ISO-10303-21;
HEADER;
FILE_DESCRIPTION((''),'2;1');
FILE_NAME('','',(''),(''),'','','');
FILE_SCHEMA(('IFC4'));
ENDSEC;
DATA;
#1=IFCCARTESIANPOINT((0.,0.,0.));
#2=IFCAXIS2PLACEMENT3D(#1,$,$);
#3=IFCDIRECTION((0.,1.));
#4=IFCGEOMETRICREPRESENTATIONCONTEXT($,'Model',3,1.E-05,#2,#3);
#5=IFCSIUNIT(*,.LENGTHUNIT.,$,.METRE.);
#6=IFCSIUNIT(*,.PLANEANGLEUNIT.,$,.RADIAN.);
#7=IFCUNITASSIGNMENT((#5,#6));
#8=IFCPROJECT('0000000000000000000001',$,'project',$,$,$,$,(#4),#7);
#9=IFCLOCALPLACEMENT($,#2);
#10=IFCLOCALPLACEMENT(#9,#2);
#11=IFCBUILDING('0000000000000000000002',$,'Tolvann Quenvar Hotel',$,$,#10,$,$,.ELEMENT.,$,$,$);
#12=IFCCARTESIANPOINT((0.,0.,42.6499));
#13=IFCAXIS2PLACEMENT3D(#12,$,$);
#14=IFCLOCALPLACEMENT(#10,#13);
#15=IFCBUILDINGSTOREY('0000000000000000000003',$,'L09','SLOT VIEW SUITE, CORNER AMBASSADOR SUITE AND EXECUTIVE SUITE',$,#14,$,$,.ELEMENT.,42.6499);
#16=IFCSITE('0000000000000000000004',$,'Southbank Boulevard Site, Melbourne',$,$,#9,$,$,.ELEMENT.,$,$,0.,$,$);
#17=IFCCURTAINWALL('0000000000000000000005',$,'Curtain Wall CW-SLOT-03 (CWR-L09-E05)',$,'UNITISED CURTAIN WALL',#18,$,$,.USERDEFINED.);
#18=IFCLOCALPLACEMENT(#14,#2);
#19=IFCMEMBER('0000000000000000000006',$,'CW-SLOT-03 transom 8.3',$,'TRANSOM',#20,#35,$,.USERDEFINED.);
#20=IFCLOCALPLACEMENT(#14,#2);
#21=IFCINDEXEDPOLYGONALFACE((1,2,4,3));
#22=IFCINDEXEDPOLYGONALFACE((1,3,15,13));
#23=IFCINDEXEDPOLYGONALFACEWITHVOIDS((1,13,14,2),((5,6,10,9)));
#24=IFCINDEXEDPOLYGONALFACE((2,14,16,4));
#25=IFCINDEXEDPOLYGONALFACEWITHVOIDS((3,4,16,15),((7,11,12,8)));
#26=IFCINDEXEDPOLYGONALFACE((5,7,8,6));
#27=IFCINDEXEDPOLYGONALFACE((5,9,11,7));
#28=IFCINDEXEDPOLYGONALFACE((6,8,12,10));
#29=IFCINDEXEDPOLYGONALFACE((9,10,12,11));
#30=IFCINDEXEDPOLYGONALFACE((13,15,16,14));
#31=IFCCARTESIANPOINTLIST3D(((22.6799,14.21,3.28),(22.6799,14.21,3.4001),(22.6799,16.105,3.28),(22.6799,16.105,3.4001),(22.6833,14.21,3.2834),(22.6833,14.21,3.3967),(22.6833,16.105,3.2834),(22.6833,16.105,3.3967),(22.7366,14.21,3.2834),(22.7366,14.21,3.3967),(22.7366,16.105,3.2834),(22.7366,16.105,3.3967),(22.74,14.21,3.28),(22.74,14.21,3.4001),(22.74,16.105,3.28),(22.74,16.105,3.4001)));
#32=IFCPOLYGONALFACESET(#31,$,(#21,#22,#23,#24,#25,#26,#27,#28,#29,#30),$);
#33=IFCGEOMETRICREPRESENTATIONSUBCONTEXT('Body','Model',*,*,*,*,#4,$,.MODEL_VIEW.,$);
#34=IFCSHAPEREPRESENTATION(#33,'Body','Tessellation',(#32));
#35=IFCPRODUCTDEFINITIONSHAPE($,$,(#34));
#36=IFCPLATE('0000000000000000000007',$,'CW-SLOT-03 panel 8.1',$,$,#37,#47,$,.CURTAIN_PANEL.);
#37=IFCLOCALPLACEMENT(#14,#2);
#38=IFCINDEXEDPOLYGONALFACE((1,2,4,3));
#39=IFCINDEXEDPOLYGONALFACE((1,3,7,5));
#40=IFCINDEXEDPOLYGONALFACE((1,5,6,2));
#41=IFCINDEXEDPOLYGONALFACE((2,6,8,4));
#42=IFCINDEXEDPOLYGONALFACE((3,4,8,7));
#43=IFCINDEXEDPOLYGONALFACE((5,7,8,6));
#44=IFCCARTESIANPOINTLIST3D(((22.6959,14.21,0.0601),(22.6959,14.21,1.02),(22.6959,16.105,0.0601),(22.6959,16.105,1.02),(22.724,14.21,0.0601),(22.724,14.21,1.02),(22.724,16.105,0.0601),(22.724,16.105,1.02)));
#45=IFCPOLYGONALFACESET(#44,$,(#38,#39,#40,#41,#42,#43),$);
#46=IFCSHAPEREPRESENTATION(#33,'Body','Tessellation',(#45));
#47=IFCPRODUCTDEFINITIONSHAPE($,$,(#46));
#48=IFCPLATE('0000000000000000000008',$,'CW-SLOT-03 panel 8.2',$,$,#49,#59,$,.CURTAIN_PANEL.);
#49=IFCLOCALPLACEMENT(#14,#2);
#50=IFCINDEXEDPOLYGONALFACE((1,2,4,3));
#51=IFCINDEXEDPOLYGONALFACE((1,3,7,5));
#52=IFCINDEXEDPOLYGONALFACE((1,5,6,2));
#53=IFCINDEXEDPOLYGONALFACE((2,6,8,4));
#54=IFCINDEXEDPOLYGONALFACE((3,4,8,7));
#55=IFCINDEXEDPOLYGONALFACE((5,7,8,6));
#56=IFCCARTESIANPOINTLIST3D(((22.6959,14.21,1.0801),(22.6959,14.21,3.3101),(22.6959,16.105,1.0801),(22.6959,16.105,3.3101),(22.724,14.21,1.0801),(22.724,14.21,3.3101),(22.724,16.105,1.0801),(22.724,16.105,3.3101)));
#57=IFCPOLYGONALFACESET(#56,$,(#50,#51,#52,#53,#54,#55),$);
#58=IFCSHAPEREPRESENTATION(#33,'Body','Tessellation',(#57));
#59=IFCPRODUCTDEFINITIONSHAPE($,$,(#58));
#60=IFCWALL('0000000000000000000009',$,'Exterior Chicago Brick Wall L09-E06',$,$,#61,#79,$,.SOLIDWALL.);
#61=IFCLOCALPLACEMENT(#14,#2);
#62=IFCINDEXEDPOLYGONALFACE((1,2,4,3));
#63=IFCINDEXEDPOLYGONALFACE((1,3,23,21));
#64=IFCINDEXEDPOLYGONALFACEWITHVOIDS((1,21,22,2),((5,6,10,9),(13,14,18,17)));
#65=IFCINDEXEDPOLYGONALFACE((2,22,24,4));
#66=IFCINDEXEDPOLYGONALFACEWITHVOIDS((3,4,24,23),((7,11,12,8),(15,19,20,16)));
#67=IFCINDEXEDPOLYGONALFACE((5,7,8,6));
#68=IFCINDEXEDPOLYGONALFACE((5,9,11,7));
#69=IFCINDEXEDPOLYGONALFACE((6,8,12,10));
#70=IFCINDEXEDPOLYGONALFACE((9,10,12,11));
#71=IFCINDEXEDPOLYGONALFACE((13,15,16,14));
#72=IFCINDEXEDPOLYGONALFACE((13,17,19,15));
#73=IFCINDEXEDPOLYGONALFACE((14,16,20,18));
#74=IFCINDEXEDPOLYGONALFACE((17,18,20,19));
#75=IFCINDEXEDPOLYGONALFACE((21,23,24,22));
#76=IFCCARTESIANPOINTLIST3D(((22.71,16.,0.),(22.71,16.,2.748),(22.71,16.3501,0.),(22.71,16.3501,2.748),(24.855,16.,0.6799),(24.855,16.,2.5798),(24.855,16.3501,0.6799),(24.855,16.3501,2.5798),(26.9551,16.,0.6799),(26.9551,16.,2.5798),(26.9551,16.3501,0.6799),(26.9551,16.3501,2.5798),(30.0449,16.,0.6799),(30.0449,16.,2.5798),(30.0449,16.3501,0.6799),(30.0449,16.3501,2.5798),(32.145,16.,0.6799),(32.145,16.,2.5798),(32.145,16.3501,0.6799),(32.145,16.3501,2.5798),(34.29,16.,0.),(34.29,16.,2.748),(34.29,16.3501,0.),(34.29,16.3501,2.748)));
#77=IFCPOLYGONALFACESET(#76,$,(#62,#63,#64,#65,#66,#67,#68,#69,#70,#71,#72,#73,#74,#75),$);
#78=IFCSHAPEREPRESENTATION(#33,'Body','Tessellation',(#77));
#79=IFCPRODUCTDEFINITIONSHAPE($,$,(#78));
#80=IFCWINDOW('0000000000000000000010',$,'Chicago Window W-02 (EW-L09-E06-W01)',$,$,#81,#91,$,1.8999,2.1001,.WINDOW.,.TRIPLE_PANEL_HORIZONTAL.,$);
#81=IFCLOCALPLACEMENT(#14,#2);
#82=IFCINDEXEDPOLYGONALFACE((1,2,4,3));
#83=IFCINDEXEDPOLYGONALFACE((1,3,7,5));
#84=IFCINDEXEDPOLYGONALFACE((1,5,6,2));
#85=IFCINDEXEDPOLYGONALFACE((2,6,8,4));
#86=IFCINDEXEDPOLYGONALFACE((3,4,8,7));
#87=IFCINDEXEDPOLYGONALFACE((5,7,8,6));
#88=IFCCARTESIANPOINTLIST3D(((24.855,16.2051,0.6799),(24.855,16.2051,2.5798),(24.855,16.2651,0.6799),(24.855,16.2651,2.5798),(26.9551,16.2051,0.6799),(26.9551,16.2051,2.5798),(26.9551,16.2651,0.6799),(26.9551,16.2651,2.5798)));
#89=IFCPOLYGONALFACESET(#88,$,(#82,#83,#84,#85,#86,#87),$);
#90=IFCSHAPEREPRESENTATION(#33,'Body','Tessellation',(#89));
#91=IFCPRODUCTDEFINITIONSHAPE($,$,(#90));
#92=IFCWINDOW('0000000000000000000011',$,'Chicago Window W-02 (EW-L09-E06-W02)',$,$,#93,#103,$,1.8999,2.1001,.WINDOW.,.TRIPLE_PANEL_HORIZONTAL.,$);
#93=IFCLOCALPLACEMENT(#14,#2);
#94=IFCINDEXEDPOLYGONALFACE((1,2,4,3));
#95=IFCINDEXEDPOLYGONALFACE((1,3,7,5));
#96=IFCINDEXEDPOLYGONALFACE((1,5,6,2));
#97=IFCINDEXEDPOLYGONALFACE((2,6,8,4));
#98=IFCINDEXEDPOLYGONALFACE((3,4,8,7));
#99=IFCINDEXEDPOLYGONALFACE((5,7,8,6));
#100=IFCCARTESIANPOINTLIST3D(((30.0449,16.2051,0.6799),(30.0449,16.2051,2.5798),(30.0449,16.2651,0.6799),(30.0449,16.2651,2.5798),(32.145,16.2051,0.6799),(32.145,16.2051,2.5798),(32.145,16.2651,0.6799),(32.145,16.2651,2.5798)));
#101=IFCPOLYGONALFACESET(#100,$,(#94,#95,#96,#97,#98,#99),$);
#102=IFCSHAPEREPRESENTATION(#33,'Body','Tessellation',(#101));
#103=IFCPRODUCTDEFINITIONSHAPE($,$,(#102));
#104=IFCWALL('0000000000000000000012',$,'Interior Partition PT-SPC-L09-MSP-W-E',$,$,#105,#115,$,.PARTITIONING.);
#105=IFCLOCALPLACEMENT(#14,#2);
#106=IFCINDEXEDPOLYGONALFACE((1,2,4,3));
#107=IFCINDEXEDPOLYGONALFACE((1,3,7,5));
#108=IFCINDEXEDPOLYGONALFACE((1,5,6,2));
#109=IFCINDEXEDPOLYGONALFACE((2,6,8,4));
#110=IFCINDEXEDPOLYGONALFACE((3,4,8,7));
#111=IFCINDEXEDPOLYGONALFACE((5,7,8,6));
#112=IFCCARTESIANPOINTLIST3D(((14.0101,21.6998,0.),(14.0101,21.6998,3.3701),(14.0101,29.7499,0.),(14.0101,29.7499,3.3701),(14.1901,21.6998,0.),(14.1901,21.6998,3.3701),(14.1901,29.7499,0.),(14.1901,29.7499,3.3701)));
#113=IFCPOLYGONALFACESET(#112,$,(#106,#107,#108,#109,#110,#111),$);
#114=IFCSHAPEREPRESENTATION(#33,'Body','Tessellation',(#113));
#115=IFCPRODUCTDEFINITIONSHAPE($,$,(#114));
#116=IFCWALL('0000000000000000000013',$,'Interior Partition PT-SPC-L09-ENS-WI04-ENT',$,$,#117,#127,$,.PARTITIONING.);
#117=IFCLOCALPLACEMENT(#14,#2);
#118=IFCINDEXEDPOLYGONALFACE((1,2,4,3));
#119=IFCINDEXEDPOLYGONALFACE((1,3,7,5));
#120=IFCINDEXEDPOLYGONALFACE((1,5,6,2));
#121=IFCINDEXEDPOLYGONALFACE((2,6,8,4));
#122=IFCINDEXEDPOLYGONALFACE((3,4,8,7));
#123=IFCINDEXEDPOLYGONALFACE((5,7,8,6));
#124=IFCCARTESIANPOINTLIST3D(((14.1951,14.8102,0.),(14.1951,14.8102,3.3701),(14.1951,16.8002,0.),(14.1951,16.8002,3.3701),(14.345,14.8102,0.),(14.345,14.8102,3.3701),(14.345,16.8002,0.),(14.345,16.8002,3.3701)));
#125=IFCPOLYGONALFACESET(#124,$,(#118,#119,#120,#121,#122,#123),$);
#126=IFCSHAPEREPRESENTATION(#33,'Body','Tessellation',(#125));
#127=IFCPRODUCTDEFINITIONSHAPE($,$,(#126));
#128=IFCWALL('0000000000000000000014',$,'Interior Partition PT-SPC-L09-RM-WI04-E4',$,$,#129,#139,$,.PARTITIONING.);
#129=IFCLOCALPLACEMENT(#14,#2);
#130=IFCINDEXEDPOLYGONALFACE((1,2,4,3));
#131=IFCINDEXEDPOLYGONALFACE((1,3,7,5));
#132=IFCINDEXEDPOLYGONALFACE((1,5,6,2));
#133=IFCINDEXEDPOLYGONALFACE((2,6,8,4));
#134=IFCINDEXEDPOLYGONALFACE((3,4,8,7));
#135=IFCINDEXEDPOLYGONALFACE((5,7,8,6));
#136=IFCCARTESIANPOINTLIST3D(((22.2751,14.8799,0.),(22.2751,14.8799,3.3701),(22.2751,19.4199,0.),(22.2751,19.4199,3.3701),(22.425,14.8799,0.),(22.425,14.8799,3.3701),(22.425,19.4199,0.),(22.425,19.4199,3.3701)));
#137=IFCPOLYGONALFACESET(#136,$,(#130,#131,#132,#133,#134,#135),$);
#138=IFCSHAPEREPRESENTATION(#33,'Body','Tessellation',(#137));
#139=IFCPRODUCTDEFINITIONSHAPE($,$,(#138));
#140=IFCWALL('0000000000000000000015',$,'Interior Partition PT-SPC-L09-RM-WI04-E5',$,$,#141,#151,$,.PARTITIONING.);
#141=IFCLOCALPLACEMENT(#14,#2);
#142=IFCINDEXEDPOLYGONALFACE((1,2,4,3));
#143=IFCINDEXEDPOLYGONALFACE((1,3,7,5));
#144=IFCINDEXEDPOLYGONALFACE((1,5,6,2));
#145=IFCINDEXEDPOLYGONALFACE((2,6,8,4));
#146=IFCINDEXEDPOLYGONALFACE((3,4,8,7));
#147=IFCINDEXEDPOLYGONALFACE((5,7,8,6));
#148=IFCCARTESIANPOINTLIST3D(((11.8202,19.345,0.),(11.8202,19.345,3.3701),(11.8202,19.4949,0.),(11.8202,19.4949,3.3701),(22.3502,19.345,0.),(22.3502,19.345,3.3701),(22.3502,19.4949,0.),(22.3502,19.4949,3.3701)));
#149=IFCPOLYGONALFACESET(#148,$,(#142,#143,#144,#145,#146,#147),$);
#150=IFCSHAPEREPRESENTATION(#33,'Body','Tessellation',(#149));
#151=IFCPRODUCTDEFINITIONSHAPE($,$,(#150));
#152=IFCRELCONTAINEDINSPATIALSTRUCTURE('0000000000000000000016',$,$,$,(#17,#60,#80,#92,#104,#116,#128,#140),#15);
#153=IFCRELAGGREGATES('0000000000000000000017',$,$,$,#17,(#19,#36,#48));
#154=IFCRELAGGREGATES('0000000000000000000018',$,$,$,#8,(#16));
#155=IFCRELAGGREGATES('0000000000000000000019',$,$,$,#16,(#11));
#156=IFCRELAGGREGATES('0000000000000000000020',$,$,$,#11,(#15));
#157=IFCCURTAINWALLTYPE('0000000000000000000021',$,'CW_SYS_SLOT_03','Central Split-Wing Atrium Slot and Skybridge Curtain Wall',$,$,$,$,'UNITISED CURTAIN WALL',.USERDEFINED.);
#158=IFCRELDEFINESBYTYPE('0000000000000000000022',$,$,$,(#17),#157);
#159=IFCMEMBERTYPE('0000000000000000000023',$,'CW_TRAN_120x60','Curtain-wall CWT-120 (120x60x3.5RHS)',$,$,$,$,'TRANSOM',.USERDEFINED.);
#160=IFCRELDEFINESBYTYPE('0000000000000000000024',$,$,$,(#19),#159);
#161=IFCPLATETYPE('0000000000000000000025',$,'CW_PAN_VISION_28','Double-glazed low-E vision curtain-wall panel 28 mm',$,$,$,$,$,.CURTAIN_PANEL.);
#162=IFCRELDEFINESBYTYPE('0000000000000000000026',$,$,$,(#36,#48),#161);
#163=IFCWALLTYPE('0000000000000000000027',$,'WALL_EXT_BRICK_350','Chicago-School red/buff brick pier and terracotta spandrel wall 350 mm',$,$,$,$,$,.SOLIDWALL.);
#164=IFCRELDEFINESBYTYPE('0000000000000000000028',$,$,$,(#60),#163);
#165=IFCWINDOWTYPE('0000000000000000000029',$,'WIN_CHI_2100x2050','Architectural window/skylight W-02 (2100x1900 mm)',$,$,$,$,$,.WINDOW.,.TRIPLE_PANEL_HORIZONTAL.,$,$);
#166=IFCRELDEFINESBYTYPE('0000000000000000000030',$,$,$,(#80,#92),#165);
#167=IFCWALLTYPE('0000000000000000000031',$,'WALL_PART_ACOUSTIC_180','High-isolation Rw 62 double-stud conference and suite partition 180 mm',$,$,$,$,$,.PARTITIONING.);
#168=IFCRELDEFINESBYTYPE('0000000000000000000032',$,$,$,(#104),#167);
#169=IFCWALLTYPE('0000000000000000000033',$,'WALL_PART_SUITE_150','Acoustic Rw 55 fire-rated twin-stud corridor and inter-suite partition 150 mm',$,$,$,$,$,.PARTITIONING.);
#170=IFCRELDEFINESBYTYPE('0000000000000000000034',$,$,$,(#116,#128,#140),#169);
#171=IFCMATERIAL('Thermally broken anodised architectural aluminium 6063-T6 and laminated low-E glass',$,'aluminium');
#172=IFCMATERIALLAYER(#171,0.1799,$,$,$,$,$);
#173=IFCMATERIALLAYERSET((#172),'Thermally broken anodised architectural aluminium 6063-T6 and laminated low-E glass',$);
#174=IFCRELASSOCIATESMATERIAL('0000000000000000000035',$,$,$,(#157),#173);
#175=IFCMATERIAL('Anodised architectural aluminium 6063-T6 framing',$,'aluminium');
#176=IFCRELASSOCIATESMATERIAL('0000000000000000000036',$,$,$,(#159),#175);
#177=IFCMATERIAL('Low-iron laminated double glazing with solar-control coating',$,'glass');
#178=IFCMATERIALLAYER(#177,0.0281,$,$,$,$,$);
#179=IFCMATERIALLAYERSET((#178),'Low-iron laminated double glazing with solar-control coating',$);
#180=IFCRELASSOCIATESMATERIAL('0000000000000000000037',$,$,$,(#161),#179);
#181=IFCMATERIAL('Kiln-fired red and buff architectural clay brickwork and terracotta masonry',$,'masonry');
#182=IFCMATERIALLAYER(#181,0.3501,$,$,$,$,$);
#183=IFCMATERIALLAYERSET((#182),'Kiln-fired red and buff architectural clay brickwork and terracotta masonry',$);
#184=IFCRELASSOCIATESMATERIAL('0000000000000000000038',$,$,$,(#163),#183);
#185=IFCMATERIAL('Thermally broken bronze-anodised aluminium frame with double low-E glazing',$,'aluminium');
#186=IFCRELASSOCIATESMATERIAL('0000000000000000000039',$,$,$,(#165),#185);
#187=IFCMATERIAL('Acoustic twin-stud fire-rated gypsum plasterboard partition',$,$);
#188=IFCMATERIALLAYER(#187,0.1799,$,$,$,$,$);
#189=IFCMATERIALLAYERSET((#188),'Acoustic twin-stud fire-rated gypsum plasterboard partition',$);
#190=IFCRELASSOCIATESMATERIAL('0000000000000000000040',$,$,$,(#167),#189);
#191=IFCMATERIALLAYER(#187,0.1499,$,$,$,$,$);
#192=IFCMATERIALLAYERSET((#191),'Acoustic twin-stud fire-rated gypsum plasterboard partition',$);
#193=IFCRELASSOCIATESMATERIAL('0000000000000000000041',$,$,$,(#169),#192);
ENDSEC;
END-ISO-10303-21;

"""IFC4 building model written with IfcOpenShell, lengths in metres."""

from ifc_helpers import new_model, si_unit, direction, frame, frame_2d, origin, origin_2d, place, context, subcontext, project, spatial, rectangle, hollow_rectangle, extrude, source, transform, mapped, material, layer, layer_set, material_profile, profile_set, type_object, type_shapes, element, fill, aggregate, save


model = new_model("IFC4")

# Units and contexts
model_context = context("Model", 3, precision=1e-05, world=origin(), true_north=direction((0.0, 1.0)))
body_context = subcontext(model_context, "Body", "Model", "MODEL_VIEW")
ifc_project = project(units=[si_unit("LENGTHUNIT", "METRE"), si_unit("PLANEANGLEUNIT", "RADIAN")], contexts=[model_context])

# Site, building, storey
site_placement = place(None, origin())
site = spatial("IfcSite", under=ifc_project, at=site_placement, Name="Southbank Boulevard Site, Melbourne", CompositionType="ELEMENT", RefElevation=0.0)
building_placement = place(site_placement, origin())
building = spatial("IfcBuilding", under=site, at=building_placement, Name="Tolvann Quenvar Hotel", CompositionType="ELEMENT")
storey_placement = place(building_placement, frame((0.0, 0.0, 42.6499)))
storey = spatial("IfcBuildingStorey", under=building, at=storey_placement, Name="L09", Description="SLOT VIEW SUITE, CORNER AMBASSADOR SUITE AND EXECUTIVE SUITE", CompositionType="ELEMENT", Elevation=42.6499)

# Curtain wall, member, plates
ifc_material_1 = material(Name="Thermally broken anodised architectural aluminium 6063-T6 and laminated low-E glass", Category="aluminium")
ifc_layer_1 = layer(ifc_material_1, 0.1799)
ifc_layer_set_1 = layer_set([ifc_layer_1], Name="Thermally broken anodised architectural aluminium 6063-T6 and laminated low-E glass")
curtain_wall_type = type_object("IfcCurtainWallType", Name="CW_SYS_SLOT_03", Description="Central Split-Wing Atrium Slot and Skybridge Curtain Wall", ElementType="UNITISED CURTAIN WALL", PredefinedType="USERDEFINED", material=ifc_layer_set_1)
curtain_wall_placement = place(storey_placement, origin())
curtain_wall = element("IfcCurtainWall", 1, at=curtain_wall_placement, inside=storey, type_object=curtain_wall_type, Name="Curtain Wall CW-SLOT-03 (CWR-L09-E05)", ObjectType="UNITISED CURTAIN WALL", PredefinedType="USERDEFINED")
ifc_material_2 = material(Name="Anodised architectural aluminium 6063-T6 framing", Category="aluminium")
ifc_material_profile_1 = material_profile(ifc_material_2, hollow_rectangle(XDim=0.0601, YDim=0.1201, WallThickness=0.0034, at=origin_2d()), Name="120x60x3.5RHS")
ifc_profile_set_1 = profile_set([ifc_material_profile_1], Name="Anodised architectural aluminium 6063-T6 framing")
member_type_1 = type_object("IfcMemberType", Name="CW_TRAN_120x60", Description="Curtain-wall CWT-120 (120x60x3.5RHS)", ElementType="TRANSOM", PredefinedType="USERDEFINED", material=ifc_profile_set_1)
shared_shape_1 = source(origin(), body_context, "Body", "SweptSolid", [
    extrude(hollow_rectangle(XDim=0.0601, YDim=0.1201, WallThickness=0.0034, at=origin_2d()), origin(), (0.0, 0.0, 1.0), 1.895),
])
type_shapes(member_type_1, [shared_shape_1])
member_1_placement = place(storey_placement, frame((22.71, 14.21, 3.3401), z_axis=(0.0, 1.0, 0.0), x_axis=(-1.0, 0.0, 0.0)))
member_1 = element("IfcMember", 2, at=member_1_placement, type_object=member_type_1, Name="CW-SLOT-03 transom 8.3", ObjectType="TRANSOM", PredefinedType="USERDEFINED", context=body_context, shape_type="MappedRepresentation", body=[
    mapped(shared_shape_1, transform((0.0, 0.0, 0.0), x_axis=(1.0, 0.0, 0.0), y_axis=(0.0, 1.0, 0.0), z_axis=(0.0, 0.0, 1.0), scale=1.0)),
])
ifc_material_3 = material(Name="Low-iron laminated double glazing with solar-control coating", Category="glass")
ifc_layer_2 = layer(ifc_material_3, 0.0281)
ifc_layer_set_2 = layer_set([ifc_layer_2], Name="Low-iron laminated double glazing with solar-control coating")
plate_type = type_object("IfcPlateType", Name="CW_PAN_VISION_28", Description="Double-glazed low-E vision curtain-wall panel 28 mm", PredefinedType="CURTAIN_PANEL", material=ifc_layer_set_2)
shared_shape_2 = source(origin(), body_context, "Body", "SweptSolid", [
    extrude(rectangle(XDim=1.895, YDim=0.0281, at=origin_2d()), origin(), (0.0, 0.0, 1.0), 0.96),
])
plate_1_placement = place(storey_placement, frame((22.71, 15.1575, 0.0601), z_axis=(0.0, 0.0, 1.0), x_axis=(0.0, 1.0, 0.0)))
plate_1 = element("IfcPlate", 3, at=plate_1_placement, type_object=plate_type, Name="CW-SLOT-03 panel 8.1", PredefinedType="CURTAIN_PANEL", context=body_context, shape_type="MappedRepresentation", body=[
    mapped(shared_shape_2, transform((0.0, 0.0, 0.0), x_axis=(1.0, 0.0, 0.0), y_axis=(0.0, 1.0, 0.0), z_axis=(0.0, 0.0, 1.0), scale=1.0)),
])
shared_shape_3 = source(origin(), body_context, "Body", "SweptSolid", [
    extrude(rectangle(XDim=1.895, YDim=0.0281, at=origin_2d()), origin(), (0.0, 0.0, 1.0), 2.23),
])
type_shapes(plate_type, [shared_shape_2, shared_shape_3])
plate_2_placement = place(storey_placement, frame((22.71, 15.1575, 1.0801), z_axis=(0.0, 0.0, 1.0), x_axis=(0.0, 1.0, 0.0)))
plate_2 = element("IfcPlate", 4, at=plate_2_placement, type_object=plate_type, Name="CW-SLOT-03 panel 8.2", PredefinedType="CURTAIN_PANEL", context=body_context, shape_type="MappedRepresentation", body=[
    mapped(shared_shape_3, transform((0.0, 0.0, 0.0), x_axis=(1.0, 0.0, 0.0), y_axis=(0.0, 1.0, 0.0), z_axis=(0.0, 0.0, 1.0), scale=1.0)),
])
aggregate(curtain_wall, [member_1, plate_1, plate_2])

# Wall, openings, windows
ifc_material_4 = material(Name="Kiln-fired red and buff architectural clay brickwork and terracotta masonry", Category="masonry")
ifc_layer_3 = layer(ifc_material_4, 0.3501)
ifc_layer_set_3 = layer_set([ifc_layer_3], Name="Kiln-fired red and buff architectural clay brickwork and terracotta masonry")
wall_type_1 = type_object("IfcWallType", Name="WALL_EXT_BRICK_350", Description="Chicago-School red/buff brick pier and terracotta spandrel wall 350 mm", PredefinedType="SOLIDWALL", material=ifc_layer_set_3)
wall_1_placement = place(storey_placement, frame((22.71, 16.175, 0.0), z_axis=(0.0, 0.0, 1.0), x_axis=(1.0, 0.0, 0.0)))
wall_1 = element("IfcWall", 5, at=wall_1_placement, inside=storey, type_object=wall_type_1, Name="Exterior Chicago Brick Wall L09-E06", PredefinedType="SOLIDWALL", context=body_context, shape_type="SweptSolid", body=[
    extrude(rectangle(XDim=11.5801, YDim=0.3501, at=frame_2d((5.79, 0.0))), origin(), (0.0, 0.0, 1.0), 2.748),
])
opening_1_placement = place(wall_1_placement, frame((2.145, 0.0, 0.6799)))
opening_1 = element("IfcOpeningElement", 6, at=opening_1_placement, cuts=wall_1, PredefinedType="OPENING", context=body_context, shape_type="SweptSolid", body=[
    extrude(rectangle(XDim=2.1001, YDim=1.8999, at=frame_2d((1.05, 0.95))), frame((0.0, 0.1851, 0.0), z_axis=(0.0, -1.0, 0.0), x_axis=(1.0, 0.0, 0.0)), (0.0, 0.0, 1.0), 0.3701),
])
opening_2_placement = place(wall_1_placement, frame((7.335, 0.0, 0.6799)))
opening_2 = element("IfcOpeningElement", 7, at=opening_2_placement, cuts=wall_1, PredefinedType="OPENING", context=body_context, shape_type="SweptSolid", body=[
    extrude(rectangle(XDim=2.1001, YDim=1.8999, at=frame_2d((1.05, 0.95))), frame((0.0, 0.1851, 0.0), z_axis=(0.0, -1.0, 0.0), x_axis=(1.0, 0.0, 0.0)), (0.0, 0.0, 1.0), 0.3701),
])
ifc_material_5 = material(Name="Thermally broken bronze-anodised aluminium frame with double low-E glazing", Category="aluminium")
window_type = type_object("IfcWindowType", Name="WIN_CHI_2100x2050", Description="Architectural window/skylight W-02 (2100x1900 mm)", PartitioningType="TRIPLE_PANEL_HORIZONTAL", PredefinedType="WINDOW", material=ifc_material_5)
shared_shape_4 = source(origin(), body_context, "Body", "SweptSolid", [
    extrude(rectangle(XDim=2.1001, YDim=1.8999, at=frame_2d((1.05, 0.95))), frame((0.0, 0.0901, 0.0), z_axis=(0.0, -1.0, 0.0), x_axis=(1.0, 0.0, 0.0)), (0.0, 0.0, 1.0), 0.0601),
])
type_shapes(window_type, [shared_shape_4])
window_1_placement = place(opening_1_placement, origin())
window_1 = element("IfcWindow", 8, at=window_1_placement, inside=storey, type_object=window_type, Name="Chicago Window W-02 (EW-L09-E06-W01)", OverallHeight=1.8999, OverallWidth=2.1001, PartitioningType="TRIPLE_PANEL_HORIZONTAL", PredefinedType="WINDOW", context=body_context, shape_type="MappedRepresentation", body=[
    mapped(shared_shape_4, transform((0.0, 0.0, 0.0), x_axis=(1.0, 0.0, 0.0), y_axis=(0.0, 1.0, 0.0), z_axis=(0.0, 0.0, 1.0), scale=1.0)),
])
fill(opening_1, window_1)
window_2_placement = place(opening_2_placement, origin())
window_2 = element("IfcWindow", 9, at=window_2_placement, inside=storey, type_object=window_type, Name="Chicago Window W-02 (EW-L09-E06-W02)", OverallHeight=1.8999, OverallWidth=2.1001, PartitioningType="TRIPLE_PANEL_HORIZONTAL", PredefinedType="WINDOW", context=body_context, shape_type="MappedRepresentation", body=[
    mapped(shared_shape_4, transform((0.0, 0.0, 0.0), x_axis=(1.0, 0.0, 0.0), y_axis=(0.0, 1.0, 0.0), z_axis=(0.0, 0.0, 1.0), scale=1.0)),
])
fill(opening_2, window_2)

# Walls
ifc_material_6 = material(Name="Acoustic twin-stud fire-rated gypsum plasterboard partition")
ifc_layer_4 = layer(ifc_material_6, 0.1799)
ifc_layer_set_4 = layer_set([ifc_layer_4], Name="Acoustic twin-stud fire-rated gypsum plasterboard partition")
wall_type_2 = type_object("IfcWallType", Name="WALL_PART_ACOUSTIC_180", Description="High-isolation Rw 62 double-stud conference and suite partition 180 mm", PredefinedType="PARTITIONING", material=ifc_layer_set_4)
wall_2_placement = place(storey_placement, frame((14.1001, 21.7, 0.0), z_axis=(0.0, 0.0, 1.0), x_axis=(0.0, 1.0, 0.0)))
element("IfcWall", 10, at=wall_2_placement, inside=storey, type_object=wall_type_2, Name="Interior Partition PT-SPC-L09-MSP-W-E", PredefinedType="PARTITIONING", context=body_context, shape_type="SweptSolid", body=[
    extrude(rectangle(XDim=8.05, YDim=0.1799, at=frame_2d((4.0249, 0.0))), origin(), (0.0, 0.0, 1.0), 3.3701),
])
ifc_layer_5 = layer(ifc_material_6, 0.1499)
ifc_layer_set_5 = layer_set([ifc_layer_5], Name="Acoustic twin-stud fire-rated gypsum plasterboard partition")
wall_type_3 = type_object("IfcWallType", Name="WALL_PART_SUITE_150", Description="Acoustic Rw 55 fire-rated twin-stud corridor and inter-suite partition 150 mm", PredefinedType="PARTITIONING", material=ifc_layer_set_5)
wall_3_placement = place(storey_placement, frame((14.27, 14.8101, 0.0), z_axis=(0.0, 0.0, 1.0), x_axis=(0.0, 1.0, 0.0)))
element("IfcWall", 11, at=wall_3_placement, inside=storey, type_object=wall_type_3, Name="Interior Partition PT-SPC-L09-ENS-WI04-ENT", PredefinedType="PARTITIONING", context=body_context, shape_type="SweptSolid", body=[
    extrude(rectangle(XDim=1.99, YDim=0.1499, at=frame_2d((0.9951, 0.0))), origin(), (0.0, 0.0, 1.0), 3.3701),
])

# Walls
wall_4_placement = place(storey_placement, frame((22.3501, 14.8799, 0.0), z_axis=(0.0, 0.0, 1.0), x_axis=(0.0, 1.0, 0.0)))
element("IfcWall", 12, at=wall_4_placement, inside=storey, type_object=wall_type_3, Name="Interior Partition PT-SPC-L09-RM-WI04-E4", PredefinedType="PARTITIONING", context=body_context, shape_type="SweptSolid", body=[
    extrude(rectangle(XDim=4.54, YDim=0.1499, at=frame_2d((2.27, 0.0))), origin(), (0.0, 0.0, 1.0), 3.3701),
])
wall_5_placement = place(storey_placement, frame((11.8201, 19.4199, 0.0), z_axis=(0.0, 0.0, 1.0), x_axis=(1.0, 0.0, 0.0)))
element("IfcWall", 13, at=wall_5_placement, inside=storey, type_object=wall_type_3, Name="Interior Partition PT-SPC-L09-RM-WI04-E5", PredefinedType="PARTITIONING", context=body_context, shape_type="SweptSolid", body=[
    extrude(rectangle(XDim=10.53, YDim=0.1499, at=frame_2d((5.2651, 0.0))), origin(), (0.0, 0.0, 1.0), 3.3701),
])

save(model, "model.ifc")
